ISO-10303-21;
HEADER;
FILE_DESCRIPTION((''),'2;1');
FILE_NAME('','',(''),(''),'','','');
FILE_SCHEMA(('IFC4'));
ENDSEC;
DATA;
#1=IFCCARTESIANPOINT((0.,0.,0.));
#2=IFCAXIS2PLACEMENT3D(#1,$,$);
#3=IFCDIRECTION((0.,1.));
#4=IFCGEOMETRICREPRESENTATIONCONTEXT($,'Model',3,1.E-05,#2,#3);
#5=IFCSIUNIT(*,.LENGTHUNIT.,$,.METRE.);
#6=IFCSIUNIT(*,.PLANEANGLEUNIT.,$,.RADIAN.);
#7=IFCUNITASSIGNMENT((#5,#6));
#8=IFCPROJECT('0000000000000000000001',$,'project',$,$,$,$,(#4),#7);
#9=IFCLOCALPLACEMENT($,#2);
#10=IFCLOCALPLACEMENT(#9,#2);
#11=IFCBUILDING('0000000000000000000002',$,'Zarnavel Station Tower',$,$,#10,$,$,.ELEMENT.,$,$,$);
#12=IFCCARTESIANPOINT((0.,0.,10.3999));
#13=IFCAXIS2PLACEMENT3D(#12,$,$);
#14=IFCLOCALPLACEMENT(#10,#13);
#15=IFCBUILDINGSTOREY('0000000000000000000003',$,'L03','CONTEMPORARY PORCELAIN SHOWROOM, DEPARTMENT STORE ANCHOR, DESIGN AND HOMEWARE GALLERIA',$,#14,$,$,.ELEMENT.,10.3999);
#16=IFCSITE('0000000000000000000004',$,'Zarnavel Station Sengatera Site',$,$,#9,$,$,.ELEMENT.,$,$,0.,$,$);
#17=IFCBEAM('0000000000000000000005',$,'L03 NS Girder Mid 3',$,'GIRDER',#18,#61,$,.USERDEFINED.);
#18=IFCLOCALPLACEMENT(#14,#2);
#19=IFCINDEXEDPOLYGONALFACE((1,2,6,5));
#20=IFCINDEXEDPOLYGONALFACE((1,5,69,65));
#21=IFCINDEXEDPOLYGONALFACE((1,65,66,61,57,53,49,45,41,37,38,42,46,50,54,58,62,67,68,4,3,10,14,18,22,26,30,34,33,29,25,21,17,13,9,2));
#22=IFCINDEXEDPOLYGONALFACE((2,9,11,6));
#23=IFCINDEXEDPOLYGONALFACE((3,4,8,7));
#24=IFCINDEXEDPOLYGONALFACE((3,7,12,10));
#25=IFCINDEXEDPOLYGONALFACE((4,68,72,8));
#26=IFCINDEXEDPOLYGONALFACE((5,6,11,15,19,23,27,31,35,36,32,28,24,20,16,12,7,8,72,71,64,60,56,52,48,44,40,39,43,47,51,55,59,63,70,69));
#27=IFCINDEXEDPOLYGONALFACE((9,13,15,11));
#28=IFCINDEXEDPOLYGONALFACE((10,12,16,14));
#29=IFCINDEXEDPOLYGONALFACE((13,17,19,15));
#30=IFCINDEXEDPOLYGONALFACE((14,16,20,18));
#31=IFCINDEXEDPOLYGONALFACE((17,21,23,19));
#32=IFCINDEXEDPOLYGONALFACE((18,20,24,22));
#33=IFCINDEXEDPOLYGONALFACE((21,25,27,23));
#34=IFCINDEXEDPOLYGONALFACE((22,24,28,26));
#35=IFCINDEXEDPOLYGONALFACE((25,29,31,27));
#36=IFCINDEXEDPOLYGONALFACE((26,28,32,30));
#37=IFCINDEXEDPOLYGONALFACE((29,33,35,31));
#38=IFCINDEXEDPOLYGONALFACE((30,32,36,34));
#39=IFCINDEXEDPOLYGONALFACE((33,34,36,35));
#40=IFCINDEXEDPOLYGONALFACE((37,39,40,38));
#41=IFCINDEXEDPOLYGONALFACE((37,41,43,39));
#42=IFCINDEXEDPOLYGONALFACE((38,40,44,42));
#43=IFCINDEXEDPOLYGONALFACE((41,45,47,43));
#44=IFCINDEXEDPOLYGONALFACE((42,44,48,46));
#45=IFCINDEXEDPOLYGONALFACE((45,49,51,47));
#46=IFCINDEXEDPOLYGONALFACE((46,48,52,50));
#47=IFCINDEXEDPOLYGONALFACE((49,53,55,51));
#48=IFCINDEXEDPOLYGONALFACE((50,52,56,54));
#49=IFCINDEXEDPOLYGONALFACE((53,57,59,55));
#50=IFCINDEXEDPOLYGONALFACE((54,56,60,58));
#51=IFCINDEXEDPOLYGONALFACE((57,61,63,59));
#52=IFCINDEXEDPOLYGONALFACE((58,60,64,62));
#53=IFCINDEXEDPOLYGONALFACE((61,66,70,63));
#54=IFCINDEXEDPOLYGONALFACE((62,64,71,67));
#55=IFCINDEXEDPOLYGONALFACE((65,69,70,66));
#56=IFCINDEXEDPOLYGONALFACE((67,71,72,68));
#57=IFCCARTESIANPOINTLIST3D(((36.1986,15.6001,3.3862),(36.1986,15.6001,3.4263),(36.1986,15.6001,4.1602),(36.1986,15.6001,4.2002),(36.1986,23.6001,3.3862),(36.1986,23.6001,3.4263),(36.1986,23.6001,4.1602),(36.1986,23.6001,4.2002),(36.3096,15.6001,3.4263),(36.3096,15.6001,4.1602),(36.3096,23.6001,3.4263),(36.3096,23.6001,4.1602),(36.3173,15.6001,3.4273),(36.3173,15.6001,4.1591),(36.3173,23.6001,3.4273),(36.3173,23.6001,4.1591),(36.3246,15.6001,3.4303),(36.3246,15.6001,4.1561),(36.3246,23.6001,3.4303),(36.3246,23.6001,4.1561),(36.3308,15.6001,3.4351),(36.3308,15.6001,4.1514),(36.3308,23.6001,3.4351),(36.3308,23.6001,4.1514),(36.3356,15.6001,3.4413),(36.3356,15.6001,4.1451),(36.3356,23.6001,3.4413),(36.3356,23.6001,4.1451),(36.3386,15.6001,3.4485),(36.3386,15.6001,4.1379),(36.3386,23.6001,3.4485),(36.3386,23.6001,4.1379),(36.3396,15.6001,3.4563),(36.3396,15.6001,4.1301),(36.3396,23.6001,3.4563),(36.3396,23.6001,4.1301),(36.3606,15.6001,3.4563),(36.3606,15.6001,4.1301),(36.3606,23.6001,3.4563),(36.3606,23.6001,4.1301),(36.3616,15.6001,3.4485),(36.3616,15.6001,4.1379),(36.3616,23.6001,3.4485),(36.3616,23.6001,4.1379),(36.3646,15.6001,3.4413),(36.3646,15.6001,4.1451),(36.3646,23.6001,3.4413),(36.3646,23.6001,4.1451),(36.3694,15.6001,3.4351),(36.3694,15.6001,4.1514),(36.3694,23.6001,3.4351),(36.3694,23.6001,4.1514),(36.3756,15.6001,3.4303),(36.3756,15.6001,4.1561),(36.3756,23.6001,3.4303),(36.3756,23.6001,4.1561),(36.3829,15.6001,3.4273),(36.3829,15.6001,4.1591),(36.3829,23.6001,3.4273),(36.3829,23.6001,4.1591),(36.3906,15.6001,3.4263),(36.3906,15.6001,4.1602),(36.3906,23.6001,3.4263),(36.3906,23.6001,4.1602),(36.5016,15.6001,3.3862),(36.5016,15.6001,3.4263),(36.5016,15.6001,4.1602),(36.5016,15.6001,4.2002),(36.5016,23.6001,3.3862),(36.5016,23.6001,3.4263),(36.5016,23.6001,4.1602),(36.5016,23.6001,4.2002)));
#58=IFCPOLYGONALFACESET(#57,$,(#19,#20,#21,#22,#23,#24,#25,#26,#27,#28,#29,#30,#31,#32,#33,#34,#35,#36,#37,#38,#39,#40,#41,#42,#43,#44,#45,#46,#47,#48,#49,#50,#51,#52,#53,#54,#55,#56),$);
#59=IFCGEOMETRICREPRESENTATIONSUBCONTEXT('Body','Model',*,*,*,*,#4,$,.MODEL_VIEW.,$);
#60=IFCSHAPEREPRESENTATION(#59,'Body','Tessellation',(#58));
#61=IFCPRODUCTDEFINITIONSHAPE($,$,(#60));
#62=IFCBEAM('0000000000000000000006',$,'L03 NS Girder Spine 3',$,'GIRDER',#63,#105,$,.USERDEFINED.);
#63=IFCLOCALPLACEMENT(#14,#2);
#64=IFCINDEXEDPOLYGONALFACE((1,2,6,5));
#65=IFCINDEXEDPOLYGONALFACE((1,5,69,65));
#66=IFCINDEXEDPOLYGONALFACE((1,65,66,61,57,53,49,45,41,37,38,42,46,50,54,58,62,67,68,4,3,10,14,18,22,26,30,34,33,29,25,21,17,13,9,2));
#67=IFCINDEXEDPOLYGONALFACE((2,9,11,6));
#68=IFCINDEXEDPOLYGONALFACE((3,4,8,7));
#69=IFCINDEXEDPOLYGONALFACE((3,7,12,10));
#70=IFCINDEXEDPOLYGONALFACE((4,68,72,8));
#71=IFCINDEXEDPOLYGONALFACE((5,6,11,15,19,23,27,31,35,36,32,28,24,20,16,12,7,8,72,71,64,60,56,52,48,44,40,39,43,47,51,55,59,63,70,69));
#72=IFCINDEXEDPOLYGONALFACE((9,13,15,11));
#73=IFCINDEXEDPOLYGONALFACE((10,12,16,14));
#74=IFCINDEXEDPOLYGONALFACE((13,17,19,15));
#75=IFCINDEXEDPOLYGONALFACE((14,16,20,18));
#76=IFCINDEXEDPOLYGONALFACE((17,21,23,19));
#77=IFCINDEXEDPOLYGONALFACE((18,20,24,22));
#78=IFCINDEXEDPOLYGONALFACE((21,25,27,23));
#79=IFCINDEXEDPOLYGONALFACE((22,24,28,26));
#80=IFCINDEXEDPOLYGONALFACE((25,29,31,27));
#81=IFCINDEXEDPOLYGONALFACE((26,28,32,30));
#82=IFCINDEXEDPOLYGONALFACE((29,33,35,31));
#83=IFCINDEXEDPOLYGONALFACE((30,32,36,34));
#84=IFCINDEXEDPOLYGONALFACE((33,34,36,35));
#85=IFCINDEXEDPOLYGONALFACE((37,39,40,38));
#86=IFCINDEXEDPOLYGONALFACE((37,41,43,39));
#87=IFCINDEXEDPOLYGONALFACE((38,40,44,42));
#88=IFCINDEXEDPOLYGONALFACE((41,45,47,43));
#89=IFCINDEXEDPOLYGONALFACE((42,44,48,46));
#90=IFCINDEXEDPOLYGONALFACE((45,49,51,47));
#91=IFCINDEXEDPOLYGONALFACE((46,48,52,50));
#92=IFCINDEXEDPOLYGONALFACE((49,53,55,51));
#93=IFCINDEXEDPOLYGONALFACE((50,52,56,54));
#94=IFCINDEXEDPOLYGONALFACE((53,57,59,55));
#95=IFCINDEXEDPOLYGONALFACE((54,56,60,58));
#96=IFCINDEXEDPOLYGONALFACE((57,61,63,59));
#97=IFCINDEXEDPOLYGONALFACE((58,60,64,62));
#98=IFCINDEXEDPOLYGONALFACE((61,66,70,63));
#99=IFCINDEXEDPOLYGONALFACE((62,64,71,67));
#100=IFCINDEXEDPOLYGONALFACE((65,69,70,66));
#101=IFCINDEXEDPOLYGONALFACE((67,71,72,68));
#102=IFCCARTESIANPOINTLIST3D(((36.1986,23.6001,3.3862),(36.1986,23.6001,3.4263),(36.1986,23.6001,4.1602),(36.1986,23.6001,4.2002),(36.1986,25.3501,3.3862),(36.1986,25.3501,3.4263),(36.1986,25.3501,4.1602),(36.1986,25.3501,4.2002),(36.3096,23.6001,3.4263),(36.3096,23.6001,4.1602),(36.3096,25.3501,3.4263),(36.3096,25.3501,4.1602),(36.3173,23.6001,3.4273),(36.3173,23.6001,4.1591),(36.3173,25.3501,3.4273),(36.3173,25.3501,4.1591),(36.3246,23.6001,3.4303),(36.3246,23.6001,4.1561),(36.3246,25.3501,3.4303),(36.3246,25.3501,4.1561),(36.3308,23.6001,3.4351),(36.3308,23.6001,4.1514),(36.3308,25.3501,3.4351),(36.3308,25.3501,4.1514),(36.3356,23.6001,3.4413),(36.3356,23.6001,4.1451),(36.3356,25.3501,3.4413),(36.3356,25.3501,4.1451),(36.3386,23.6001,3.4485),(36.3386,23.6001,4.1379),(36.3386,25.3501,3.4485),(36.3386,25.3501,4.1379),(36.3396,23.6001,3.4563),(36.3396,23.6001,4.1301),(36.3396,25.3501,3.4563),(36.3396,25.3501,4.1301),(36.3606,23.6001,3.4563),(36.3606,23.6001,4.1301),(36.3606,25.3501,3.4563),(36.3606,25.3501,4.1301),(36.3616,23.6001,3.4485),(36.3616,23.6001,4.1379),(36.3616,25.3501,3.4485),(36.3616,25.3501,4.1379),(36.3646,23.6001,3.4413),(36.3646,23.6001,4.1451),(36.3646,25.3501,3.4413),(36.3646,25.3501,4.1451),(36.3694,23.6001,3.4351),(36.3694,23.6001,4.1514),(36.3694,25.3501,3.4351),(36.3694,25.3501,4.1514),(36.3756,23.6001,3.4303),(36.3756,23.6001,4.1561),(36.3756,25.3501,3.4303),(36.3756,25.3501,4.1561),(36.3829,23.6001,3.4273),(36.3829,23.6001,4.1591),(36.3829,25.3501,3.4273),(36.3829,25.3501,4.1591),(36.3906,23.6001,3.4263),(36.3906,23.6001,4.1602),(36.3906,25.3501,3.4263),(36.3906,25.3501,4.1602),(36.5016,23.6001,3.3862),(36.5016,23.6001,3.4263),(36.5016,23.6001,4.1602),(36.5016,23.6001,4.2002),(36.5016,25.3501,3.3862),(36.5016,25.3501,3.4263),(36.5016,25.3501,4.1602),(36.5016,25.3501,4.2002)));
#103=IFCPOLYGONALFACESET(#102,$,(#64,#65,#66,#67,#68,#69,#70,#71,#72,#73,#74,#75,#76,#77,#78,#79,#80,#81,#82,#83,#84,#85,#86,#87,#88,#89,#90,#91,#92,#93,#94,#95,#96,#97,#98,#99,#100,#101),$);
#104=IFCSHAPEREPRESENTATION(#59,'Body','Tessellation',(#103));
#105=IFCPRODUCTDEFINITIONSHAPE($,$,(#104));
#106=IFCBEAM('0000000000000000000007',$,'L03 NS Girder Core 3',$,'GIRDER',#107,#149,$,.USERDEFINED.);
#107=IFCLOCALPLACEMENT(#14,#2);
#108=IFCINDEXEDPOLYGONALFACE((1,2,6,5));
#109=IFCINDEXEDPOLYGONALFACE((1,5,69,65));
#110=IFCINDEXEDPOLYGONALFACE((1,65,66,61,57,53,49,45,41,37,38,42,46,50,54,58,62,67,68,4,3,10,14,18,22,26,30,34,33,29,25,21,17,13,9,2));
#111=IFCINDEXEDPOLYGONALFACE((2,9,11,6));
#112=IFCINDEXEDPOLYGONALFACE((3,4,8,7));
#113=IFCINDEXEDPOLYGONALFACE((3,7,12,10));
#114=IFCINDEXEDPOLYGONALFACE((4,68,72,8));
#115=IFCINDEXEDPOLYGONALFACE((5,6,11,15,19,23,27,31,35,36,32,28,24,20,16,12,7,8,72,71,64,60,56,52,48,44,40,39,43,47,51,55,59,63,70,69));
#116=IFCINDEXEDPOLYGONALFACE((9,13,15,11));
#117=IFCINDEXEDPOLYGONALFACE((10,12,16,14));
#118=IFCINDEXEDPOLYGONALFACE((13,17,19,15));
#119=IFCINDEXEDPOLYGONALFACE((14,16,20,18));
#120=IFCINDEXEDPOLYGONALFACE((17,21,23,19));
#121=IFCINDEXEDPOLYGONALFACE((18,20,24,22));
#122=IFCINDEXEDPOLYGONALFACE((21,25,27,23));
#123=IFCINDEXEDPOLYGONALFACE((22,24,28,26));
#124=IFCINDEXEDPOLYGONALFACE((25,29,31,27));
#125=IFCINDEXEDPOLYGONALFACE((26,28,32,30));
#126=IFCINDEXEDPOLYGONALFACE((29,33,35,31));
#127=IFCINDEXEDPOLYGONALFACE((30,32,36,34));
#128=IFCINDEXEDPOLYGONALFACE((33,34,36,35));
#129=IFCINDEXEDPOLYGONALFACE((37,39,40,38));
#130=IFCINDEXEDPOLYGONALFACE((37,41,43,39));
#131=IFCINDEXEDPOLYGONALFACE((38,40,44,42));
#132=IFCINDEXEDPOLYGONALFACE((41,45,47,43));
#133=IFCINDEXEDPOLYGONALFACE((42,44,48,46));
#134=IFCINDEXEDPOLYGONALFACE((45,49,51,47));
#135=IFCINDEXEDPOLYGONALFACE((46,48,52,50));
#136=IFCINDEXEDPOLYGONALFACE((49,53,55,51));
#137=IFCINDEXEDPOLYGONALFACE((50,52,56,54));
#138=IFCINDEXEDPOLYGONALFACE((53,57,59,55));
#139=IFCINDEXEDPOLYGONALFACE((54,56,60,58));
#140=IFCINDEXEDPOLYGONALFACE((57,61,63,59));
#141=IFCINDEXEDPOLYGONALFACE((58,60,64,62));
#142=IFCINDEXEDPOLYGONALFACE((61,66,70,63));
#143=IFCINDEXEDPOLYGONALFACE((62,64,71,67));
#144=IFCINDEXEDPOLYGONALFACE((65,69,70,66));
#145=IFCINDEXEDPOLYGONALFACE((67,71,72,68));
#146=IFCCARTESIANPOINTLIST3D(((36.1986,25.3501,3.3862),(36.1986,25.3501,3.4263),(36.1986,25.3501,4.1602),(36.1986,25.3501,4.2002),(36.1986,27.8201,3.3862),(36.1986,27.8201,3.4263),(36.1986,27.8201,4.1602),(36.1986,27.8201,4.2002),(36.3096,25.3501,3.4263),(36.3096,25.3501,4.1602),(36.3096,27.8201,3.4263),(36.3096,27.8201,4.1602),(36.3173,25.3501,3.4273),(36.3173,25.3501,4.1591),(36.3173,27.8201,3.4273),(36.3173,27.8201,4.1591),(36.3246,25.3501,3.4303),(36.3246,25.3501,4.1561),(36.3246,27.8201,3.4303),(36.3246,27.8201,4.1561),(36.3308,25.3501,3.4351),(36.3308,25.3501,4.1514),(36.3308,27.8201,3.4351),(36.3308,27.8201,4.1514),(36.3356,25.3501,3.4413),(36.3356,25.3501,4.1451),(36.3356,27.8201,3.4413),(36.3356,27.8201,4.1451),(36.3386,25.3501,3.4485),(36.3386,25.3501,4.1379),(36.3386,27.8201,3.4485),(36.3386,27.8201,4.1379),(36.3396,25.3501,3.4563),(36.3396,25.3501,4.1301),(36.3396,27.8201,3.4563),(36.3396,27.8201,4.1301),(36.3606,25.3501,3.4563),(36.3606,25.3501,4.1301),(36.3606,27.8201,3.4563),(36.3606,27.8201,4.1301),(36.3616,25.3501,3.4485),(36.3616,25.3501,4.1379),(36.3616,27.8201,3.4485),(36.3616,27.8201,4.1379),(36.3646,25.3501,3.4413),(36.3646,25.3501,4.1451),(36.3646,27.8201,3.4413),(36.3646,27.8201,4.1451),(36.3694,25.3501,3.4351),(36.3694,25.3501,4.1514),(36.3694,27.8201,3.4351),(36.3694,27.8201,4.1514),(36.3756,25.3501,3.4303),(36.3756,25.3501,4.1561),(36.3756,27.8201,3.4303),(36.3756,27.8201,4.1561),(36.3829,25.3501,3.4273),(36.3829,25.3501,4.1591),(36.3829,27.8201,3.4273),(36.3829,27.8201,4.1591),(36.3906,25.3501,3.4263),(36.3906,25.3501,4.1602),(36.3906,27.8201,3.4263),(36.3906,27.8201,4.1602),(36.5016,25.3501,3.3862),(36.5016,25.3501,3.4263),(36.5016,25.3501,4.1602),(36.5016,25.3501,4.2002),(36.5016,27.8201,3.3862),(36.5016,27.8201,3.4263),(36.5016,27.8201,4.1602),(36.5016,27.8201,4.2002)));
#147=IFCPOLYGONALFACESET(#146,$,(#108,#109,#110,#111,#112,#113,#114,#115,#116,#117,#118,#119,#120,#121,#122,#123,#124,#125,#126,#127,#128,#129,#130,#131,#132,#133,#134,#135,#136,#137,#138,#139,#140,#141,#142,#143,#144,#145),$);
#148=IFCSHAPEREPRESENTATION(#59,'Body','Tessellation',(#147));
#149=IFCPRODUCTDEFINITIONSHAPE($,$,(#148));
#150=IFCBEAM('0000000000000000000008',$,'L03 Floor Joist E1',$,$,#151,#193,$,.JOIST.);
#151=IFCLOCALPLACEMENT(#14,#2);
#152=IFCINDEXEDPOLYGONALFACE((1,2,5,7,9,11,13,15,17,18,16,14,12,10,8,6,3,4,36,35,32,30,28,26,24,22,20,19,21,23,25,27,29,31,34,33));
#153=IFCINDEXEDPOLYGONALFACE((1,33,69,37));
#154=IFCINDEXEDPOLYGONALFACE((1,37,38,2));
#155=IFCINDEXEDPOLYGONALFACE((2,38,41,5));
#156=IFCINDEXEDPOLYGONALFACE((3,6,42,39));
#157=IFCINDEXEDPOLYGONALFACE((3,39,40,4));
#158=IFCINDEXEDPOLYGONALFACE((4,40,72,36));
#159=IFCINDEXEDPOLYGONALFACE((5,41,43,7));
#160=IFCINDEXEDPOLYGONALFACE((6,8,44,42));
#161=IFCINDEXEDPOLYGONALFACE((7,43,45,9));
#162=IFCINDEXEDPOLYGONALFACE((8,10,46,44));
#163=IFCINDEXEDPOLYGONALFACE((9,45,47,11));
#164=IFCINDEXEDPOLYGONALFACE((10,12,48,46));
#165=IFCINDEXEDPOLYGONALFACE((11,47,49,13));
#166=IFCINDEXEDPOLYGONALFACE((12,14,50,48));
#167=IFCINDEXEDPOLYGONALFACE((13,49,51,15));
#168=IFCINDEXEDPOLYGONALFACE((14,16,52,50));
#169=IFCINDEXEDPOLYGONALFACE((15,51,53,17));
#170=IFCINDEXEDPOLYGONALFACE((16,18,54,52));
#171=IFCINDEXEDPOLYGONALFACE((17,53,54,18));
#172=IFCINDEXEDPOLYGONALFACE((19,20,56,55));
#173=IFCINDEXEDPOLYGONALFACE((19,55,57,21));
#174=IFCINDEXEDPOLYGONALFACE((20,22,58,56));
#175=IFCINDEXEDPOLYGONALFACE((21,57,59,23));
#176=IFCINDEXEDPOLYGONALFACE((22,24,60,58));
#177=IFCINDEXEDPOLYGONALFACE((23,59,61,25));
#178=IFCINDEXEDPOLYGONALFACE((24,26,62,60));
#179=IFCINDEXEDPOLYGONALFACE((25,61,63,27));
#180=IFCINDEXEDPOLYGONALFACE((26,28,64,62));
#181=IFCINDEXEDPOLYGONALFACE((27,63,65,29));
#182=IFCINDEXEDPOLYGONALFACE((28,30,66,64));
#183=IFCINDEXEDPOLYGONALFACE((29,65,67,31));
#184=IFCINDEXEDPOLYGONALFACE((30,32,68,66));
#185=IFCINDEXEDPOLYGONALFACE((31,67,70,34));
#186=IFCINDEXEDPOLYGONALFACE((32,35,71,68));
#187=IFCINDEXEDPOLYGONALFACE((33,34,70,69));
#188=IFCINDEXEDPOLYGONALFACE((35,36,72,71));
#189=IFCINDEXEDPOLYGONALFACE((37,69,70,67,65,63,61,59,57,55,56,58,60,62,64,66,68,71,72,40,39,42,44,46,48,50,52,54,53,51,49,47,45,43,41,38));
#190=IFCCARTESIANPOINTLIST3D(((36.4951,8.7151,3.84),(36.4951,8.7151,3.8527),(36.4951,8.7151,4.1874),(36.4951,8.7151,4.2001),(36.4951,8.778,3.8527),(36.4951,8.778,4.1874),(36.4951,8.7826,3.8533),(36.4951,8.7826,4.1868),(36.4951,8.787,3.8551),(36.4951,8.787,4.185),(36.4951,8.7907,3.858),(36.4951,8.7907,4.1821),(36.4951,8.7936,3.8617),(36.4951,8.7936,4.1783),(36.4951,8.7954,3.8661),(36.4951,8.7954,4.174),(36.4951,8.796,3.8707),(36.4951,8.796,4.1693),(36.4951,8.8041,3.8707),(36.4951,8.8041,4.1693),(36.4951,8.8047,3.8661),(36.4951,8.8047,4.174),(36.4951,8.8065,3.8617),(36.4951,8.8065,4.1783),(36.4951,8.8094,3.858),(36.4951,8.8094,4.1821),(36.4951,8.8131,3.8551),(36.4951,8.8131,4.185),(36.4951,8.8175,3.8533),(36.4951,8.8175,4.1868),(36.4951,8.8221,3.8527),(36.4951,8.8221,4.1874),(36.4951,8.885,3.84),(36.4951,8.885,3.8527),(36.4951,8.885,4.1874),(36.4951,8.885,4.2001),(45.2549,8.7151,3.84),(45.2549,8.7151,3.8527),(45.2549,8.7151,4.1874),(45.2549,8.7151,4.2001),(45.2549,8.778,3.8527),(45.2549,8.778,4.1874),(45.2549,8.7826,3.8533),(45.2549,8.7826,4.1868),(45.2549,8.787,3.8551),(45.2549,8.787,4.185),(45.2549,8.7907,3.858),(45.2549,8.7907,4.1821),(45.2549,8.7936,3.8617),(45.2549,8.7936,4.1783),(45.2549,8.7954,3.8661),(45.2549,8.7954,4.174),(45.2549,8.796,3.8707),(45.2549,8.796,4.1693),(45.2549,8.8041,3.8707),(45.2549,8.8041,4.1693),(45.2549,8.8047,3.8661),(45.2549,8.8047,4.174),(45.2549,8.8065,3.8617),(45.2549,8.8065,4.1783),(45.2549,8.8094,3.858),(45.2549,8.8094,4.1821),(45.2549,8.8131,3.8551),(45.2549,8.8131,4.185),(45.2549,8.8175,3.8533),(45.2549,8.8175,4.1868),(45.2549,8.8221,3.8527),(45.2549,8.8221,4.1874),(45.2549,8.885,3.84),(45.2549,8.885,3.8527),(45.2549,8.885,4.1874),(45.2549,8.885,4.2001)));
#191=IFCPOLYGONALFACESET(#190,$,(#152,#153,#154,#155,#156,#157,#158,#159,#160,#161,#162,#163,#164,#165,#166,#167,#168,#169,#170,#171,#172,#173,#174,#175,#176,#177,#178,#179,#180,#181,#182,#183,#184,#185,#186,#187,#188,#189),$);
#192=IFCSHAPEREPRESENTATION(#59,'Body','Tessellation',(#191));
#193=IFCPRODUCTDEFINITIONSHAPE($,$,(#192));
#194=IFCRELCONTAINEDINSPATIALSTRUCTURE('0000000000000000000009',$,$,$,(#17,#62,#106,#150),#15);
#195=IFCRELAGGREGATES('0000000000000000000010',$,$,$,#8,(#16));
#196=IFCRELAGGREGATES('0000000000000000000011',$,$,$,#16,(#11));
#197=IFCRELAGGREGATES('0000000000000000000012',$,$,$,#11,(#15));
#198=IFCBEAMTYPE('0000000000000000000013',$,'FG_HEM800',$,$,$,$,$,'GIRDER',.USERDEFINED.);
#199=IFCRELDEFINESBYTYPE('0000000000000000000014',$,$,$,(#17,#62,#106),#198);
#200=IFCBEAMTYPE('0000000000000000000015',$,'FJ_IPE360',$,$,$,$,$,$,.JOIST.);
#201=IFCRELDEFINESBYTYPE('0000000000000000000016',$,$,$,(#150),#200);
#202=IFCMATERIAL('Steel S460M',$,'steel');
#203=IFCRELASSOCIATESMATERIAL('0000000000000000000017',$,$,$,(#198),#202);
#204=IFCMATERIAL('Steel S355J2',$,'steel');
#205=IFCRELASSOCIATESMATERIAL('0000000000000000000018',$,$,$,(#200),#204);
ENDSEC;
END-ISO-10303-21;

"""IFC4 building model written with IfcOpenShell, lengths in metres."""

from ifc_helpers import new_model, si_unit, direction, frame, origin, origin_2d, place, context, subcontext, project, spatial, i_section, extrude, material, material_profile, profile_set, type_object, element, save


model = new_model("IFC4")

# Units and contexts
model_context = context("Model", 3, precision=1e-05, world=origin(), true_north=direction((0.0, 1.0)))
body_context = subcontext(model_context, "Body", "Model", "MODEL_VIEW")
ifc_project = project(units=[si_unit("LENGTHUNIT", "METRE"), si_unit("PLANEANGLEUNIT", "RADIAN")], contexts=[model_context])

# Site, building, storey
site_placement = place(None, origin())
site = spatial("IfcSite", under=ifc_project, at=site_placement, Name="Zarnavel Station Sengatera Site", CompositionType="ELEMENT", RefElevation=0.0)
building_placement = place(site_placement, origin())
building = spatial("IfcBuilding", under=site, at=building_placement, Name="Zarnavel Station Tower", CompositionType="ELEMENT")
storey_placement = place(building_placement, frame((0.0, 0.0, 10.3999)))
storey = spatial("IfcBuildingStorey", under=building, at=storey_placement, Name="L03", Description="CONTEMPORARY PORCELAIN SHOWROOM, DEPARTMENT STORE ANCHOR, DESIGN AND HOMEWARE GALLERIA", CompositionType="ELEMENT", Elevation=10.3999)

# Beams
ifc_material_1 = material(Name="Steel S460M", Category="steel")
ifc_material_profile_1 = material_profile(ifc_material_1, i_section(OverallWidth=0.303, OverallDepth=0.814, WebThickness=0.021, FlangeThickness=0.04, FilletRadius=0.03, at=origin_2d()), Name="HEM800")
ifc_profile_set_1 = profile_set([ifc_material_profile_1], Name="Steel S460M")
beam_type_1 = type_object("IfcBeamType", Name="FG_HEM800", ElementType="GIRDER", PredefinedType="USERDEFINED", material=ifc_profile_set_1)
beam_1_placement = place(storey_placement, frame((36.3501, 15.6001, 3.7932), z_axis=(0.0, 1.0, 0.0), x_axis=(-1.0, 0.0, 0.0)))
element("IfcBeam", 1, at=beam_1_placement, inside=storey, type_object=beam_type_1, Name="L03 NS Girder Mid 3", ObjectType="GIRDER", PredefinedType="USERDEFINED", context=body_context, shape_type="SweptSolid", body=[
    extrude(i_section(OverallWidth=0.303, OverallDepth=0.814, WebThickness=0.021, FlangeThickness=0.04, FilletRadius=0.03, at=origin_2d()), origin(), (0.0, 0.0, 1.0), 8.0),
])
beam_2_placement = place(storey_placement, frame((36.3501, 23.6001, 3.7932), z_axis=(0.0, 1.0, 0.0), x_axis=(-1.0, 0.0, 0.0)))
element("IfcBeam", 2, at=beam_2_placement, inside=storey, type_object=beam_type_1, Name="L03 NS Girder Spine 3", ObjectType="GIRDER", PredefinedType="USERDEFINED", context=body_context, shape_type="SweptSolid", body=[
    extrude(i_section(OverallWidth=0.303, OverallDepth=0.814, WebThickness=0.021, FlangeThickness=0.04, FilletRadius=0.03, at=origin_2d()), origin(), (0.0, 0.0, 1.0), 1.75),
])
beam_3_placement = place(storey_placement, frame((36.3501, 25.3501, 3.7932), z_axis=(0.0, 1.0, 0.0), x_axis=(-1.0, 0.0, 0.0)))
element("IfcBeam", 3, at=beam_3_placement, inside=storey, type_object=beam_type_1, Name="L03 NS Girder Core 3", ObjectType="GIRDER", PredefinedType="USERDEFINED", context=body_context, shape_type="SweptSolid", body=[
    extrude(i_section(OverallWidth=0.303, OverallDepth=0.814, WebThickness=0.021, FlangeThickness=0.04, FilletRadius=0.03, at=origin_2d()), origin(), (0.0, 0.0, 1.0), 2.47),
])
ifc_material_2 = material(Name="Steel S355J2", Category="steel")
ifc_material_profile_2 = material_profile(ifc_material_2, i_section(OverallWidth=0.1699, OverallDepth=0.3601, WebThickness=0.0081, FlangeThickness=0.0127, FilletRadius=0.0181, at=origin_2d()), Name="IPE360")
ifc_profile_set_2 = profile_set([ifc_material_profile_2], Name="Steel S355J2")
beam_type_2 = type_object("IfcBeamType", Name="FJ_IPE360", PredefinedType="JOIST", material=ifc_profile_set_2)
beam_4_placement = place(storey_placement, frame((36.4951, 8.8, 4.02), z_axis=(1.0, 0.0, 0.0), x_axis=(0.0, 1.0, 0.0)))
element("IfcBeam", 4, at=beam_4_placement, inside=storey, type_object=beam_type_2, Name="L03 Floor Joist E1", PredefinedType="JOIST", context=body_context, shape_type="SweptSolid", body=[
    extrude(i_section(OverallWidth=0.1699, OverallDepth=0.3601, WebThickness=0.0081, FlangeThickness=0.0127, FilletRadius=0.0181, at=origin_2d()), origin(), (0.0, 0.0, 1.0), 8.7598),
])

save(model, "model.ifc")
